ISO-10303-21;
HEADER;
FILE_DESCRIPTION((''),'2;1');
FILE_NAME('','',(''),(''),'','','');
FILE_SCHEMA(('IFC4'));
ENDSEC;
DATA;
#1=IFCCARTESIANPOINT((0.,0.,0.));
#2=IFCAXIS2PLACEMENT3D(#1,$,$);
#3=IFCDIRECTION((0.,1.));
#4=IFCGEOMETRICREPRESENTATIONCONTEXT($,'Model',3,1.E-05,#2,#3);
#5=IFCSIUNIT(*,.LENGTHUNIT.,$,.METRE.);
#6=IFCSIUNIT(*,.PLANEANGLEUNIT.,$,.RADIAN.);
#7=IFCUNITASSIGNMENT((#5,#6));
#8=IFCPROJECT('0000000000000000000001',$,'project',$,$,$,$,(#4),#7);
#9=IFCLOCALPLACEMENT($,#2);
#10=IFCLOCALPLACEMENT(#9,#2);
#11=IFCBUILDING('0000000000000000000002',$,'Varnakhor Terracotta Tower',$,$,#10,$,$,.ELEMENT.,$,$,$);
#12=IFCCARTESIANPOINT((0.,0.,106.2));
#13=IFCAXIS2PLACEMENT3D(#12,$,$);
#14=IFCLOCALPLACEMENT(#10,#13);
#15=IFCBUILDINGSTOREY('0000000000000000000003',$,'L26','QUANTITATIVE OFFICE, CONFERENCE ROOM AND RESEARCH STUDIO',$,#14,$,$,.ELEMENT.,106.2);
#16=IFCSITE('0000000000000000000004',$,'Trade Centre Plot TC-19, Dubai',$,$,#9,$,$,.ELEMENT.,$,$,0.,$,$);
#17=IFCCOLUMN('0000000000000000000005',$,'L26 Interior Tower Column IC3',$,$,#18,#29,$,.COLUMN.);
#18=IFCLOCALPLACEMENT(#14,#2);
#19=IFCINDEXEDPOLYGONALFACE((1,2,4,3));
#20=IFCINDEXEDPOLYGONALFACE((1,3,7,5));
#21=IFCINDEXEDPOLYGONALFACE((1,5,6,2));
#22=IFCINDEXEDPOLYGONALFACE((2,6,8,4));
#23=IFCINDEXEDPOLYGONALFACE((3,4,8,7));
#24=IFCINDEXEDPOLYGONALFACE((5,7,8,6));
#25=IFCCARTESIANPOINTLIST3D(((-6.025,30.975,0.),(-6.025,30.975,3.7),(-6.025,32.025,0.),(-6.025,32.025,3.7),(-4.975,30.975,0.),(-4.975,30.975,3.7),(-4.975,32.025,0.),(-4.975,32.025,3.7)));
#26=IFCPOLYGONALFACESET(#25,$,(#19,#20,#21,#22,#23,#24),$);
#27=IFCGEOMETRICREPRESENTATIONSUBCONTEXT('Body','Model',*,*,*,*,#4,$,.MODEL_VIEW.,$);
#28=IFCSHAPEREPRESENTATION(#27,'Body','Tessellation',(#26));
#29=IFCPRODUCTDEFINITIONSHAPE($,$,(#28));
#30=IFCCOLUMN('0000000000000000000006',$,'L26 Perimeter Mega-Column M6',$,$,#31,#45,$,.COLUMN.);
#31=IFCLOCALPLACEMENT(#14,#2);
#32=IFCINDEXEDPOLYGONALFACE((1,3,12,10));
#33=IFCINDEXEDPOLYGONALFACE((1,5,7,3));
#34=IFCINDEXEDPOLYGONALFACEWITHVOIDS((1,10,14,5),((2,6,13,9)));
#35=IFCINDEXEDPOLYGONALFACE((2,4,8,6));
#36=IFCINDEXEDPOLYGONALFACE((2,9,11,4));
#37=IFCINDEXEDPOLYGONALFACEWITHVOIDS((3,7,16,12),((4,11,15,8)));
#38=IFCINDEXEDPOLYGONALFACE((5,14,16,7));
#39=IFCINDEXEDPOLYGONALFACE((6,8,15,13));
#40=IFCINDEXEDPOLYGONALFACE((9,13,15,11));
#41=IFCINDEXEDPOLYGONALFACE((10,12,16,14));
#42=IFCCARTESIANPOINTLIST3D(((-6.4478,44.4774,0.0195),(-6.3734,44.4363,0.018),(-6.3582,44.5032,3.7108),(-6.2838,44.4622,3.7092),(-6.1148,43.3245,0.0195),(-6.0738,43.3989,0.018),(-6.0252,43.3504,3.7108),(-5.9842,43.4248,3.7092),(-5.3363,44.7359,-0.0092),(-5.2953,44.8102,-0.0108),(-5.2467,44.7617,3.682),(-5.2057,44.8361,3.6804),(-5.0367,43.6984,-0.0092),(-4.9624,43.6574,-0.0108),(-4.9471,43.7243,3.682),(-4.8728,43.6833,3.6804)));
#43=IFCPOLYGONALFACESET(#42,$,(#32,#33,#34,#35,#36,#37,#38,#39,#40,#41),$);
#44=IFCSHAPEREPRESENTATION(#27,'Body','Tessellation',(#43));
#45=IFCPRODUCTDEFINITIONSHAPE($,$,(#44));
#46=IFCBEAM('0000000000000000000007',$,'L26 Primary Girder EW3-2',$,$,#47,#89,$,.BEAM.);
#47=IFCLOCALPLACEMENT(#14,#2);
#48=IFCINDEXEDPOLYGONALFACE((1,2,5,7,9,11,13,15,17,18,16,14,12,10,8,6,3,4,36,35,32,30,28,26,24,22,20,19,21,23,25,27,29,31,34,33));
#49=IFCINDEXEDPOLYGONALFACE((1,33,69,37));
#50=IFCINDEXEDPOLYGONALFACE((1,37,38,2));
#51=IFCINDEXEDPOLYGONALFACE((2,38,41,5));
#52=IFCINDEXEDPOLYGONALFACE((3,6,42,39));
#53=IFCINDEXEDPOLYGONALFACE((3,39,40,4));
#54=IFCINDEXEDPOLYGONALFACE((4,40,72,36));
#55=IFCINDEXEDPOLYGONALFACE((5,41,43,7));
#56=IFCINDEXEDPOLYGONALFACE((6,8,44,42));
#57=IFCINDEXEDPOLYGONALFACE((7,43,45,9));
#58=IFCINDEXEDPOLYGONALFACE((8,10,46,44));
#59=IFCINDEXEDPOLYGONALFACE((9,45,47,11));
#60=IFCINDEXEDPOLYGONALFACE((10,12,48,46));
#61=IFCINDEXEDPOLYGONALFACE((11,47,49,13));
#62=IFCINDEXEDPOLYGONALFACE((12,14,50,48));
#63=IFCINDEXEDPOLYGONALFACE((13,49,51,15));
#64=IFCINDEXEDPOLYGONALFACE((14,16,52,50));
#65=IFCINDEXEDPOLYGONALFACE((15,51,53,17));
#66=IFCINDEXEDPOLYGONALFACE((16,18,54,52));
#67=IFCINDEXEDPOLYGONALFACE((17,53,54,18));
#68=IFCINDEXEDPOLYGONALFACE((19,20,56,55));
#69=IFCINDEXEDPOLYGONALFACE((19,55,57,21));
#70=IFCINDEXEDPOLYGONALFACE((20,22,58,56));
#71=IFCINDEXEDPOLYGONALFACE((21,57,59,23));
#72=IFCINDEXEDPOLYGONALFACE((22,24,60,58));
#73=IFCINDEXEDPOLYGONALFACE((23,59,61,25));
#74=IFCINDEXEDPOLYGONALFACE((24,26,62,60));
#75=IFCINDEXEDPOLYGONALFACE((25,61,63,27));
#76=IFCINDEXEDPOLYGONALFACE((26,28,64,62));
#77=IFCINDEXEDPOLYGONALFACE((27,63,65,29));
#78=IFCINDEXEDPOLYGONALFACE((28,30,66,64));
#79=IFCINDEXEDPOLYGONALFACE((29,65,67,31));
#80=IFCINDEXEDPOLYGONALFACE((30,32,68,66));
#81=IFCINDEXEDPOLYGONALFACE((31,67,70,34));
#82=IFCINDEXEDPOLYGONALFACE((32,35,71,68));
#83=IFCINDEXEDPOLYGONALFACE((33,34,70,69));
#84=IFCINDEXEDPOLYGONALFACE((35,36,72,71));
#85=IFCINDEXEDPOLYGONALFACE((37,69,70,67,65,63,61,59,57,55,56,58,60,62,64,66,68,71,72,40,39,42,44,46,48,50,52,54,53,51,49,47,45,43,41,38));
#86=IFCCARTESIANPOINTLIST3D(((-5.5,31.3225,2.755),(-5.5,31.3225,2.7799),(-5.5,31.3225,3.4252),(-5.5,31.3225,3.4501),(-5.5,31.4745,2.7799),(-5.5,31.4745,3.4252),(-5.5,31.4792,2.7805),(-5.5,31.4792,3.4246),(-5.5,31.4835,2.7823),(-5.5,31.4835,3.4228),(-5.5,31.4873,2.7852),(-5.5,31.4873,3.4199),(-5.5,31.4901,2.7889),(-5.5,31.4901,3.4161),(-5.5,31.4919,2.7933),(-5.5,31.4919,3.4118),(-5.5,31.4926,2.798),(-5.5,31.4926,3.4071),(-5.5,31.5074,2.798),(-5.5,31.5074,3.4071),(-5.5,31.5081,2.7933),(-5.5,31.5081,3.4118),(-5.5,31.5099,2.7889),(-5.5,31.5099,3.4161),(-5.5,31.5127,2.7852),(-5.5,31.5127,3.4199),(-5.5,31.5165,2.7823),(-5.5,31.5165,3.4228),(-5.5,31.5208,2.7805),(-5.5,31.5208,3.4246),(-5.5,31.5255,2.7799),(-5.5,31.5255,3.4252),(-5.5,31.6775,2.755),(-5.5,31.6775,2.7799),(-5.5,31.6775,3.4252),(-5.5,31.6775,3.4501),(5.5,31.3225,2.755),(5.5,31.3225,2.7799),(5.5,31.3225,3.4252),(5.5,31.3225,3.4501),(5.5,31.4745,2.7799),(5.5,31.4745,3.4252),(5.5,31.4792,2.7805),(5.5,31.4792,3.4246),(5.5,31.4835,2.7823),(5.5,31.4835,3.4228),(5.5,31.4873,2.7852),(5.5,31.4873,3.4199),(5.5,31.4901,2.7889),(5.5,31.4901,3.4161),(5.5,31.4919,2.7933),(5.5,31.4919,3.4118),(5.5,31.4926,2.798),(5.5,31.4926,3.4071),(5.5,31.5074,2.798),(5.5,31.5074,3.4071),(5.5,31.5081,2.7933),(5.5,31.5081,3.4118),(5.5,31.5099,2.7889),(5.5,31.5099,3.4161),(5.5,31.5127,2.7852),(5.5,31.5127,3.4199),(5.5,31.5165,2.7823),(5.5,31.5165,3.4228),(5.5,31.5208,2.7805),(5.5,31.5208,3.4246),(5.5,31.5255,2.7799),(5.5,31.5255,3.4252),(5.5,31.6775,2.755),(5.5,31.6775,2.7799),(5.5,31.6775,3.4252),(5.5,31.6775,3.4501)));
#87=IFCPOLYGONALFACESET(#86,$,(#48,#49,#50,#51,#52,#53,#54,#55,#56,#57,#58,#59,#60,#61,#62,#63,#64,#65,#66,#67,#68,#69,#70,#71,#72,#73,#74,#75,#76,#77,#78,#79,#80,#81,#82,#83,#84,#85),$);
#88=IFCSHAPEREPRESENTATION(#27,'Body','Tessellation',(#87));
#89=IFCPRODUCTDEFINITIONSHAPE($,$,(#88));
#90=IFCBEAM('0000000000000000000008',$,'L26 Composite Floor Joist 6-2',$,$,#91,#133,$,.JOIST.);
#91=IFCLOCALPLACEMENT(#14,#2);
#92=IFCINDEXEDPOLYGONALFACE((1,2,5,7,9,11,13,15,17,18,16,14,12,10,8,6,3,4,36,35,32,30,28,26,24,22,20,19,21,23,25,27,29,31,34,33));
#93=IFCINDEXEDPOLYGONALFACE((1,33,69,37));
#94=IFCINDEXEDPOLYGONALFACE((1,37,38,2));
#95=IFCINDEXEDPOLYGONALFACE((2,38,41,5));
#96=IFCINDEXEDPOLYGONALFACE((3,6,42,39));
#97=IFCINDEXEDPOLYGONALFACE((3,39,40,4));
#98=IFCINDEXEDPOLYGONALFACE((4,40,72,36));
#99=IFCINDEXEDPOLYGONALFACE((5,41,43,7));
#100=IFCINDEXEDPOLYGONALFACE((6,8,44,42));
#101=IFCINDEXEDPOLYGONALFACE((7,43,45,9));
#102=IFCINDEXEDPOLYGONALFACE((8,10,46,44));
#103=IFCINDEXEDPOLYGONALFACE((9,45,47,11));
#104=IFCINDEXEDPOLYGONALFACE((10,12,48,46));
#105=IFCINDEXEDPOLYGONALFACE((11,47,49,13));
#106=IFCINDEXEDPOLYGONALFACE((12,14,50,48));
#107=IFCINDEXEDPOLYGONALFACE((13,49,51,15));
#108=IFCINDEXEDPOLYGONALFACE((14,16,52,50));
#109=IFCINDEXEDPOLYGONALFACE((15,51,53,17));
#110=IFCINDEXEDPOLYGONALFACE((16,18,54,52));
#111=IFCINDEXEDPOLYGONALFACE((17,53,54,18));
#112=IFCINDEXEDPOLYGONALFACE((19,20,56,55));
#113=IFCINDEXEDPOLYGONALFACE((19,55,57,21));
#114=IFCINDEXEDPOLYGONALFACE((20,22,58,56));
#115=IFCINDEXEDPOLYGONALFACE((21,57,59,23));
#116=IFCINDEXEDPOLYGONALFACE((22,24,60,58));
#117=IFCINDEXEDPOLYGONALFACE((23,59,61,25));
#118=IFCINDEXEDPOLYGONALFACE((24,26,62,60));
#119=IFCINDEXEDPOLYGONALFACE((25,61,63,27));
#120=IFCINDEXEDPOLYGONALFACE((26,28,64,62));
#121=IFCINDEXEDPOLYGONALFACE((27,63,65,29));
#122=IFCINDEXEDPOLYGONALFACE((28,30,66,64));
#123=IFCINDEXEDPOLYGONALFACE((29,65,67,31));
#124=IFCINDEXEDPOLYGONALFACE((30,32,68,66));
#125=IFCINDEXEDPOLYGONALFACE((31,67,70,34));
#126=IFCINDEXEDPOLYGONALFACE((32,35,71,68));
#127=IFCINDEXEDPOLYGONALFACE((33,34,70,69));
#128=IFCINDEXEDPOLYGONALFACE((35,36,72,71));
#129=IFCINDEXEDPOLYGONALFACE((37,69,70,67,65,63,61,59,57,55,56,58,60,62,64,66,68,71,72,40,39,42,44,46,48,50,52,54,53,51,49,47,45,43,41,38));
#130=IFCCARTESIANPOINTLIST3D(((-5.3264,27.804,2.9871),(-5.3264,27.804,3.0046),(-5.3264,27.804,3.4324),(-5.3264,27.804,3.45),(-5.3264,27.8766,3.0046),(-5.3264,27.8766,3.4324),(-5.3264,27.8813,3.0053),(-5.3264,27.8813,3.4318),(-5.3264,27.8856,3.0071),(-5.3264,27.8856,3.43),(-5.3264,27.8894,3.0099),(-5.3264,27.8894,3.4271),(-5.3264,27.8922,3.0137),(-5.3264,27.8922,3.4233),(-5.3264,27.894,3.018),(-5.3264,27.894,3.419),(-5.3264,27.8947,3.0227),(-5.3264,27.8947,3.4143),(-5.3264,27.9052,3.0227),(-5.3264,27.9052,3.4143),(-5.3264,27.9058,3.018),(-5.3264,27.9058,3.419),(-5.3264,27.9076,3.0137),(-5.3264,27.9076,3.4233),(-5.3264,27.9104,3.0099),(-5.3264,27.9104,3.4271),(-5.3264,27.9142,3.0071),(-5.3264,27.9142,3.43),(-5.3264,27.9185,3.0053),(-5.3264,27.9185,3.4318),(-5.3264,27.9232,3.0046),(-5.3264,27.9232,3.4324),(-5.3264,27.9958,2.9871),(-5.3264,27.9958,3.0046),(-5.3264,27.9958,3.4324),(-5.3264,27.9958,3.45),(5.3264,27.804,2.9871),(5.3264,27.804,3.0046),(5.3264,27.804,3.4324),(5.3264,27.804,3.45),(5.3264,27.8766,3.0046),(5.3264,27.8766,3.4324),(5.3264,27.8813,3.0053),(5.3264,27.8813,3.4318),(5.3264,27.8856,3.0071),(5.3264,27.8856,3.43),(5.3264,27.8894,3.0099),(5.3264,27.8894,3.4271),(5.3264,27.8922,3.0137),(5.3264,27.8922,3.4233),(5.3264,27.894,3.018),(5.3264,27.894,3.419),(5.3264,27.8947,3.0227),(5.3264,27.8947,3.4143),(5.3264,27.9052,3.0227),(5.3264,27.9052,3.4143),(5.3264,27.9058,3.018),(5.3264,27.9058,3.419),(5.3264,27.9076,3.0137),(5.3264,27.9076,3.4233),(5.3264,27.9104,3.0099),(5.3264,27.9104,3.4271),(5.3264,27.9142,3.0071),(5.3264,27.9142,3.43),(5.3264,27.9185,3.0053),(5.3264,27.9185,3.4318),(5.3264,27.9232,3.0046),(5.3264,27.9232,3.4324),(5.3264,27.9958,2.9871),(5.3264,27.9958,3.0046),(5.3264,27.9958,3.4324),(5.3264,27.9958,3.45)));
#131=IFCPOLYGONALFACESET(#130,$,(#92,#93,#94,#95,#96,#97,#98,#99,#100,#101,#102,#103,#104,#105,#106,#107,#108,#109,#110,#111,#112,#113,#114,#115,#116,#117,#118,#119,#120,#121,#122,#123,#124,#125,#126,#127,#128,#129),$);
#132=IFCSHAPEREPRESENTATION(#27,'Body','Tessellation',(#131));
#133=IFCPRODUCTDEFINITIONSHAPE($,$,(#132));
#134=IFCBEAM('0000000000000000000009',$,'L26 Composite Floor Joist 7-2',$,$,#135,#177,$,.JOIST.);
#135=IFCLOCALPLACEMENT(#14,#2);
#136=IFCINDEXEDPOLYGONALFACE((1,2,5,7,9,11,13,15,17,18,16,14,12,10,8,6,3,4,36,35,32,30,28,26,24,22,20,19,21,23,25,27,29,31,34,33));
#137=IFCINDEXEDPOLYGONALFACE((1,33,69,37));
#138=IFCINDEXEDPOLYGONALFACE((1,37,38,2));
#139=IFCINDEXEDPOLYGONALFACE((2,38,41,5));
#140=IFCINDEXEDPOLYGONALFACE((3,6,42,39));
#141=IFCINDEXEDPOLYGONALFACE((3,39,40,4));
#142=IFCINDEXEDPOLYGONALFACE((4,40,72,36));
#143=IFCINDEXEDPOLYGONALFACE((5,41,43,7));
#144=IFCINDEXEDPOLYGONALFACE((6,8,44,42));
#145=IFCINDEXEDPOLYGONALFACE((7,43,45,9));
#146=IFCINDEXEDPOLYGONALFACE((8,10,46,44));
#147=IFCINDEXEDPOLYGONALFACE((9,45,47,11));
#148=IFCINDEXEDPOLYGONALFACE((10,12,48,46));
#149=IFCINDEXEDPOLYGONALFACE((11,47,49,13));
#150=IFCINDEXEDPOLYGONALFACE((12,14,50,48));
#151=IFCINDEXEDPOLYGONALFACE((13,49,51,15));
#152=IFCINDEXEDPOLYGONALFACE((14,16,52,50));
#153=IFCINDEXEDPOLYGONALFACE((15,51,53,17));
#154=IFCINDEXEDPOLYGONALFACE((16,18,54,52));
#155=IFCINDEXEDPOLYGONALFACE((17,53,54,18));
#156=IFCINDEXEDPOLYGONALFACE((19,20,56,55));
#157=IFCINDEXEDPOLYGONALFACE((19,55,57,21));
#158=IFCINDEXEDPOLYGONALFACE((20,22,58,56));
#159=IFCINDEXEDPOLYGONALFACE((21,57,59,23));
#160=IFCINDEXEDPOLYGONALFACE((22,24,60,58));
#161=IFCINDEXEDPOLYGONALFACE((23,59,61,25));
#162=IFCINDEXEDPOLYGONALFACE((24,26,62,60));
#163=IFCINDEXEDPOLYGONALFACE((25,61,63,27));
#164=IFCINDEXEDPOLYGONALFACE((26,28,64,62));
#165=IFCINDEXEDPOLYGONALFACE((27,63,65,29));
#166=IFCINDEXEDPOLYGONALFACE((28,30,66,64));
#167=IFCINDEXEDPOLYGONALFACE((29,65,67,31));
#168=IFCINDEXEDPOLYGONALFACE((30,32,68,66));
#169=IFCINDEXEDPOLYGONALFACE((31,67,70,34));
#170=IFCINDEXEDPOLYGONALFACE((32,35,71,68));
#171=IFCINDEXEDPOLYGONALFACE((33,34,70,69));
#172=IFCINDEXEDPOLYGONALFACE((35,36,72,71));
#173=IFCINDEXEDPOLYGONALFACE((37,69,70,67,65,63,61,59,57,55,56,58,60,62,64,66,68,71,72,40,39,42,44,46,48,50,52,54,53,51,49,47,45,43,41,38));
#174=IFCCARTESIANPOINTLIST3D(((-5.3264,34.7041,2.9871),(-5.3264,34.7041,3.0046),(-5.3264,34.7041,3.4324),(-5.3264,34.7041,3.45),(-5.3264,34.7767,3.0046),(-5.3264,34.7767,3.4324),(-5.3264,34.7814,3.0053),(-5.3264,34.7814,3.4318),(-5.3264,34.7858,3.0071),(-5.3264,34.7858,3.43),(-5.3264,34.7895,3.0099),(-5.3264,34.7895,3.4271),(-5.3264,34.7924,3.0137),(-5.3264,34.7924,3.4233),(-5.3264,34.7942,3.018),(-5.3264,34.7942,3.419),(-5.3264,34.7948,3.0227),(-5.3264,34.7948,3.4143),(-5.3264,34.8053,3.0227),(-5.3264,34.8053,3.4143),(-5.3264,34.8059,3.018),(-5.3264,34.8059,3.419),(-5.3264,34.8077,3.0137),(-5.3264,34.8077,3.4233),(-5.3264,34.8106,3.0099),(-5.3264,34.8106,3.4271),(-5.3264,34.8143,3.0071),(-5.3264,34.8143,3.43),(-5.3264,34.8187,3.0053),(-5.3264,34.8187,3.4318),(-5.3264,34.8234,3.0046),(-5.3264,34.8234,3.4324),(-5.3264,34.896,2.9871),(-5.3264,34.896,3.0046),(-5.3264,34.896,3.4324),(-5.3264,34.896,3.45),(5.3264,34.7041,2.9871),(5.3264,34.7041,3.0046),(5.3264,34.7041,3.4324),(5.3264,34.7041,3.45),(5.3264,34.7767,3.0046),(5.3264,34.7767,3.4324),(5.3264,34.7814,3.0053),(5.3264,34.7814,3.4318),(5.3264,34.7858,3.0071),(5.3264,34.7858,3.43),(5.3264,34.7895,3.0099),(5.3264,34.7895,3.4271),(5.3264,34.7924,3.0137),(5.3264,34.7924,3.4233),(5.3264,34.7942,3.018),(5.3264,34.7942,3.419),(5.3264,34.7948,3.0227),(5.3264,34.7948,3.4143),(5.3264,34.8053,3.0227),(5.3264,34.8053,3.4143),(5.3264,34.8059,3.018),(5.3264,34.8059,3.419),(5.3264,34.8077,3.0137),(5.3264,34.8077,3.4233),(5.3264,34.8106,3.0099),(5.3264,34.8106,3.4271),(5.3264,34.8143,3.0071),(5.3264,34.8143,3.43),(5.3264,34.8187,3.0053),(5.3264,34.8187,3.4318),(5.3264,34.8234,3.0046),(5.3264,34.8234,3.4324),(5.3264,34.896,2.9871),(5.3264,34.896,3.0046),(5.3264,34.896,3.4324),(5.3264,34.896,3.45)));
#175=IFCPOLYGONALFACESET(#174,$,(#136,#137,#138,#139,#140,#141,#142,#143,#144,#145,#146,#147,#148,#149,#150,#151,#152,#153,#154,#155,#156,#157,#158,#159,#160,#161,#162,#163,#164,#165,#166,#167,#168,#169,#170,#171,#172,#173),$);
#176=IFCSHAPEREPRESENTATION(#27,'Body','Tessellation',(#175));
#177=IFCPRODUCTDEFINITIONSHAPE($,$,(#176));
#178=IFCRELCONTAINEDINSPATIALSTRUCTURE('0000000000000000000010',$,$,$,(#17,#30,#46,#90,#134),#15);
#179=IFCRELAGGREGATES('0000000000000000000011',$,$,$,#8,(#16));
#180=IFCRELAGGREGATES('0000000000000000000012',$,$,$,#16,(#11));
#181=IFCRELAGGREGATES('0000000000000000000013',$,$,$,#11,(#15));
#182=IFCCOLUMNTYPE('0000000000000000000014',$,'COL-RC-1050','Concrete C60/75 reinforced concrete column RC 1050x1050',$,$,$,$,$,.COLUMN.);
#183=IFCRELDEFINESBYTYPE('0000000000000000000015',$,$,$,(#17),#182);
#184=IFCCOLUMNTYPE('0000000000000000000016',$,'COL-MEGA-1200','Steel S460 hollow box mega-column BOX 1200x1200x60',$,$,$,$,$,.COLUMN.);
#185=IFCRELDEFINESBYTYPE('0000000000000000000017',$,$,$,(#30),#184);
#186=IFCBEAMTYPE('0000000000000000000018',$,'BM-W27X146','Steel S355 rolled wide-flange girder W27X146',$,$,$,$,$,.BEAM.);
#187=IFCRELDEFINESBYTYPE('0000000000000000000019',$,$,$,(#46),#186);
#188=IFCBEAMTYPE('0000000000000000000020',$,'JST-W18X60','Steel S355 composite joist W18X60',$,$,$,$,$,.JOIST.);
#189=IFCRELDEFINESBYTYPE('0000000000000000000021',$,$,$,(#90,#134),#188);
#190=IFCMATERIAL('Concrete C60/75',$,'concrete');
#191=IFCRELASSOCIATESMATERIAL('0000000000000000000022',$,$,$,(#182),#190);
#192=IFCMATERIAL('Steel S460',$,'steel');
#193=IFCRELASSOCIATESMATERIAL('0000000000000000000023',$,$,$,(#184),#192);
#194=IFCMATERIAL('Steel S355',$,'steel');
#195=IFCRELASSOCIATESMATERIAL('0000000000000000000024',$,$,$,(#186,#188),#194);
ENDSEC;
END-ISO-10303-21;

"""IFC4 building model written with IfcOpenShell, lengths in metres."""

from ifc_helpers import new_model, si_unit, direction, frame, origin, origin_2d, place, context, subcontext, project, spatial, rectangle, hollow_rectangle, i_section, extrude, source, transform, mapped, material, material_profile, profile_set, type_object, element, save


model = new_model("IFC4")

# Units and contexts
model_context = context("Model", 3, precision=1e-05, world=origin(), true_north=direction((0.0, 1.0)))
body_context = subcontext(model_context, "Body", "Model", "MODEL_VIEW")
ifc_project = project(units=[si_unit("LENGTHUNIT", "METRE"), si_unit("PLANEANGLEUNIT", "RADIAN")], contexts=[model_context])

# Site, building, storey
site_placement = place(None, origin())
site = spatial("IfcSite", under=ifc_project, at=site_placement, Name="Trade Centre Plot TC-19, Dubai", CompositionType="ELEMENT", RefElevation=0.0)
building_placement = place(site_placement, origin())
building = spatial("IfcBuilding", under=site, at=building_placement, Name="Varnakhor Terracotta Tower", CompositionType="ELEMENT")
storey_placement = place(building_placement, frame((0.0, 0.0, 106.2)))
storey = spatial("IfcBuildingStorey", under=building, at=storey_placement, Name="L26", Description="QUANTITATIVE OFFICE, CONFERENCE ROOM AND RESEARCH STUDIO", CompositionType="ELEMENT", Elevation=106.2)

# Columns
ifc_material_1 = material(Name="Concrete C60/75", Category="concrete")
ifc_material_profile_1 = material_profile(ifc_material_1, rectangle(XDim=1.05, YDim=1.05, at=origin_2d()), Name="RC 1050x1050")
ifc_profile_set_1 = profile_set([ifc_material_profile_1], Name="Concrete C60/75")
column_type_1 = type_object("IfcColumnType", Name="COL-RC-1050", Description="Concrete C60/75 reinforced concrete column RC 1050x1050", PredefinedType="COLUMN", material=ifc_profile_set_1)
shared_shape_1 = source(origin(), body_context, "Body", "SweptSolid", [
    extrude(rectangle(XDim=1.05, YDim=1.05, at=origin_2d()), origin(), (0.0, 0.0, 1.0), 3.7),
])
column_1_placement = place(storey_placement, frame((-5.5, 31.5, 0.0), z_axis=(0.0, 0.0, 1.0), x_axis=(1.0, 0.0, 0.0)))
element("IfcColumn", 1, at=column_1_placement, inside=storey, type_object=column_type_1, Name="L26 Interior Tower Column IC3", PredefinedType="COLUMN", context=body_context, shape_type="MappedRepresentation", body=[
    mapped(shared_shape_1, transform((0.0, 0.0, 0.0), scale=1.0)),
])
ifc_material_2 = material(Name="Steel S460", Category="steel")
ifc_material_profile_2 = material_profile(ifc_material_2, hollow_rectangle(XDim=1.2, YDim=1.2, WallThickness=0.0601, at=origin_2d()), Name="BOX 1200x1200x60")
ifc_profile_set_2 = profile_set([ifc_material_profile_2], Name="Steel S460")
column_type_2 = type_object("IfcColumnType", Name="COL-MEGA-1200", Description="Steel S460 hollow box mega-column BOX 1200x1200x60", PredefinedType="COLUMN", material=ifc_profile_set_2)
shared_shape_2 = source(origin(), body_context, "Body", "SweptSolid", [
    extrude(hollow_rectangle(XDim=1.2, YDim=1.2, WallThickness=0.0601, at=origin_2d()), origin(), (0.0, 0.0, 1.0), 3.6924),
])
column_2_placement = place(storey_placement, frame((-5.7051, 44.0674, 0.0044), z_axis=(0.024266, 0.007009, 0.999681), x_axis=(-0.277486, 0.96073, 0.0)))
element("IfcColumn", 2, at=column_2_placement, inside=storey, type_object=column_type_2, Name="L26 Perimeter Mega-Column M6", PredefinedType="COLUMN", context=body_context, shape_type="MappedRepresentation", body=[
    mapped(shared_shape_2, transform((0.0, 0.0, 0.0), scale=1.0)),
])

# Beams
ifc_material_3 = material(Name="Steel S355", Category="steel")
ifc_material_profile_3 = material_profile(ifc_material_3, i_section(OverallWidth=0.355, OverallDepth=0.6951, WebThickness=0.0149, FlangeThickness=0.0249, FilletRadius=0.0181, at=origin_2d()), Name="W27X146")
ifc_profile_set_3 = profile_set([ifc_material_profile_3], Name="Steel S355")
beam_type_1 = type_object("IfcBeamType", Name="BM-W27X146", Description="Steel S355 rolled wide-flange girder W27X146", PredefinedType="BEAM", material=ifc_profile_set_3)
shared_shape_3 = source(origin(), body_context, "Body", "SweptSolid", [
    extrude(i_section(OverallWidth=0.355, OverallDepth=0.6951, WebThickness=0.0149, FlangeThickness=0.0249, FilletRadius=0.0181, at=origin_2d()), origin(), (0.0, 0.0, 1.0), 11.0),
])
beam_1_placement = place(storey_placement, frame((-5.5, 31.5, 3.1025), z_axis=(1.0, 0.0, 0.0), x_axis=(0.0, 1.0, 0.0)))
element("IfcBeam", 3, at=beam_1_placement, inside=storey, type_object=beam_type_1, Name="L26 Primary Girder EW3-2", PredefinedType="BEAM", context=body_context, shape_type="MappedRepresentation", body=[
    mapped(shared_shape_3, transform((0.0, 0.0, 0.0), scale=1.0)),
])
ifc_material_profile_4 = material_profile(ifc_material_3, i_section(OverallWidth=0.1919, OverallDepth=0.4629, WebThickness=0.0105, FlangeThickness=0.0176, FilletRadius=0.0181, at=origin_2d()), Name="W18X60")
ifc_profile_set_4 = profile_set([ifc_material_profile_4], Name="Steel S355")
beam_type_2 = type_object("IfcBeamType", Name="JST-W18X60", Description="Steel S355 composite joist W18X60", PredefinedType="JOIST", material=ifc_profile_set_4)
shared_shape_4 = source(origin(), body_context, "Body", "SweptSolid", [
    extrude(i_section(OverallWidth=0.1919, OverallDepth=0.4629, WebThickness=0.0105, FlangeThickness=0.0176, FilletRadius=0.0181, at=origin_2d()), origin(), (0.0, 0.0, 1.0), 10.6528),
])
for number, where, z_axis, x_axis, name in (
    (4, (-5.3264, 27.8999, 3.2185), (1.0, 0.0, 0.0), (0.0, 1.0, 0.0), "L26 Composite Floor Joist 6-2"),
    (5, (-5.3264, 34.8, 3.2185), (1.0, 0.0, 0.0), (0.0, 1.0, 0.0), "L26 Composite Floor Joist 7-2"),
):
    element("IfcBeam", number, at=place(storey_placement, frame(where, z_axis=z_axis, x_axis=x_axis)), inside=storey, type_object=beam_type_2, Name=name, PredefinedType="JOIST", context=body_context, shape_type="MappedRepresentation", body=[
        mapped(shared_shape_4, transform((0.0, 0.0, 0.0), scale=1.0)),
    ])

save(model, "model.ifc")
